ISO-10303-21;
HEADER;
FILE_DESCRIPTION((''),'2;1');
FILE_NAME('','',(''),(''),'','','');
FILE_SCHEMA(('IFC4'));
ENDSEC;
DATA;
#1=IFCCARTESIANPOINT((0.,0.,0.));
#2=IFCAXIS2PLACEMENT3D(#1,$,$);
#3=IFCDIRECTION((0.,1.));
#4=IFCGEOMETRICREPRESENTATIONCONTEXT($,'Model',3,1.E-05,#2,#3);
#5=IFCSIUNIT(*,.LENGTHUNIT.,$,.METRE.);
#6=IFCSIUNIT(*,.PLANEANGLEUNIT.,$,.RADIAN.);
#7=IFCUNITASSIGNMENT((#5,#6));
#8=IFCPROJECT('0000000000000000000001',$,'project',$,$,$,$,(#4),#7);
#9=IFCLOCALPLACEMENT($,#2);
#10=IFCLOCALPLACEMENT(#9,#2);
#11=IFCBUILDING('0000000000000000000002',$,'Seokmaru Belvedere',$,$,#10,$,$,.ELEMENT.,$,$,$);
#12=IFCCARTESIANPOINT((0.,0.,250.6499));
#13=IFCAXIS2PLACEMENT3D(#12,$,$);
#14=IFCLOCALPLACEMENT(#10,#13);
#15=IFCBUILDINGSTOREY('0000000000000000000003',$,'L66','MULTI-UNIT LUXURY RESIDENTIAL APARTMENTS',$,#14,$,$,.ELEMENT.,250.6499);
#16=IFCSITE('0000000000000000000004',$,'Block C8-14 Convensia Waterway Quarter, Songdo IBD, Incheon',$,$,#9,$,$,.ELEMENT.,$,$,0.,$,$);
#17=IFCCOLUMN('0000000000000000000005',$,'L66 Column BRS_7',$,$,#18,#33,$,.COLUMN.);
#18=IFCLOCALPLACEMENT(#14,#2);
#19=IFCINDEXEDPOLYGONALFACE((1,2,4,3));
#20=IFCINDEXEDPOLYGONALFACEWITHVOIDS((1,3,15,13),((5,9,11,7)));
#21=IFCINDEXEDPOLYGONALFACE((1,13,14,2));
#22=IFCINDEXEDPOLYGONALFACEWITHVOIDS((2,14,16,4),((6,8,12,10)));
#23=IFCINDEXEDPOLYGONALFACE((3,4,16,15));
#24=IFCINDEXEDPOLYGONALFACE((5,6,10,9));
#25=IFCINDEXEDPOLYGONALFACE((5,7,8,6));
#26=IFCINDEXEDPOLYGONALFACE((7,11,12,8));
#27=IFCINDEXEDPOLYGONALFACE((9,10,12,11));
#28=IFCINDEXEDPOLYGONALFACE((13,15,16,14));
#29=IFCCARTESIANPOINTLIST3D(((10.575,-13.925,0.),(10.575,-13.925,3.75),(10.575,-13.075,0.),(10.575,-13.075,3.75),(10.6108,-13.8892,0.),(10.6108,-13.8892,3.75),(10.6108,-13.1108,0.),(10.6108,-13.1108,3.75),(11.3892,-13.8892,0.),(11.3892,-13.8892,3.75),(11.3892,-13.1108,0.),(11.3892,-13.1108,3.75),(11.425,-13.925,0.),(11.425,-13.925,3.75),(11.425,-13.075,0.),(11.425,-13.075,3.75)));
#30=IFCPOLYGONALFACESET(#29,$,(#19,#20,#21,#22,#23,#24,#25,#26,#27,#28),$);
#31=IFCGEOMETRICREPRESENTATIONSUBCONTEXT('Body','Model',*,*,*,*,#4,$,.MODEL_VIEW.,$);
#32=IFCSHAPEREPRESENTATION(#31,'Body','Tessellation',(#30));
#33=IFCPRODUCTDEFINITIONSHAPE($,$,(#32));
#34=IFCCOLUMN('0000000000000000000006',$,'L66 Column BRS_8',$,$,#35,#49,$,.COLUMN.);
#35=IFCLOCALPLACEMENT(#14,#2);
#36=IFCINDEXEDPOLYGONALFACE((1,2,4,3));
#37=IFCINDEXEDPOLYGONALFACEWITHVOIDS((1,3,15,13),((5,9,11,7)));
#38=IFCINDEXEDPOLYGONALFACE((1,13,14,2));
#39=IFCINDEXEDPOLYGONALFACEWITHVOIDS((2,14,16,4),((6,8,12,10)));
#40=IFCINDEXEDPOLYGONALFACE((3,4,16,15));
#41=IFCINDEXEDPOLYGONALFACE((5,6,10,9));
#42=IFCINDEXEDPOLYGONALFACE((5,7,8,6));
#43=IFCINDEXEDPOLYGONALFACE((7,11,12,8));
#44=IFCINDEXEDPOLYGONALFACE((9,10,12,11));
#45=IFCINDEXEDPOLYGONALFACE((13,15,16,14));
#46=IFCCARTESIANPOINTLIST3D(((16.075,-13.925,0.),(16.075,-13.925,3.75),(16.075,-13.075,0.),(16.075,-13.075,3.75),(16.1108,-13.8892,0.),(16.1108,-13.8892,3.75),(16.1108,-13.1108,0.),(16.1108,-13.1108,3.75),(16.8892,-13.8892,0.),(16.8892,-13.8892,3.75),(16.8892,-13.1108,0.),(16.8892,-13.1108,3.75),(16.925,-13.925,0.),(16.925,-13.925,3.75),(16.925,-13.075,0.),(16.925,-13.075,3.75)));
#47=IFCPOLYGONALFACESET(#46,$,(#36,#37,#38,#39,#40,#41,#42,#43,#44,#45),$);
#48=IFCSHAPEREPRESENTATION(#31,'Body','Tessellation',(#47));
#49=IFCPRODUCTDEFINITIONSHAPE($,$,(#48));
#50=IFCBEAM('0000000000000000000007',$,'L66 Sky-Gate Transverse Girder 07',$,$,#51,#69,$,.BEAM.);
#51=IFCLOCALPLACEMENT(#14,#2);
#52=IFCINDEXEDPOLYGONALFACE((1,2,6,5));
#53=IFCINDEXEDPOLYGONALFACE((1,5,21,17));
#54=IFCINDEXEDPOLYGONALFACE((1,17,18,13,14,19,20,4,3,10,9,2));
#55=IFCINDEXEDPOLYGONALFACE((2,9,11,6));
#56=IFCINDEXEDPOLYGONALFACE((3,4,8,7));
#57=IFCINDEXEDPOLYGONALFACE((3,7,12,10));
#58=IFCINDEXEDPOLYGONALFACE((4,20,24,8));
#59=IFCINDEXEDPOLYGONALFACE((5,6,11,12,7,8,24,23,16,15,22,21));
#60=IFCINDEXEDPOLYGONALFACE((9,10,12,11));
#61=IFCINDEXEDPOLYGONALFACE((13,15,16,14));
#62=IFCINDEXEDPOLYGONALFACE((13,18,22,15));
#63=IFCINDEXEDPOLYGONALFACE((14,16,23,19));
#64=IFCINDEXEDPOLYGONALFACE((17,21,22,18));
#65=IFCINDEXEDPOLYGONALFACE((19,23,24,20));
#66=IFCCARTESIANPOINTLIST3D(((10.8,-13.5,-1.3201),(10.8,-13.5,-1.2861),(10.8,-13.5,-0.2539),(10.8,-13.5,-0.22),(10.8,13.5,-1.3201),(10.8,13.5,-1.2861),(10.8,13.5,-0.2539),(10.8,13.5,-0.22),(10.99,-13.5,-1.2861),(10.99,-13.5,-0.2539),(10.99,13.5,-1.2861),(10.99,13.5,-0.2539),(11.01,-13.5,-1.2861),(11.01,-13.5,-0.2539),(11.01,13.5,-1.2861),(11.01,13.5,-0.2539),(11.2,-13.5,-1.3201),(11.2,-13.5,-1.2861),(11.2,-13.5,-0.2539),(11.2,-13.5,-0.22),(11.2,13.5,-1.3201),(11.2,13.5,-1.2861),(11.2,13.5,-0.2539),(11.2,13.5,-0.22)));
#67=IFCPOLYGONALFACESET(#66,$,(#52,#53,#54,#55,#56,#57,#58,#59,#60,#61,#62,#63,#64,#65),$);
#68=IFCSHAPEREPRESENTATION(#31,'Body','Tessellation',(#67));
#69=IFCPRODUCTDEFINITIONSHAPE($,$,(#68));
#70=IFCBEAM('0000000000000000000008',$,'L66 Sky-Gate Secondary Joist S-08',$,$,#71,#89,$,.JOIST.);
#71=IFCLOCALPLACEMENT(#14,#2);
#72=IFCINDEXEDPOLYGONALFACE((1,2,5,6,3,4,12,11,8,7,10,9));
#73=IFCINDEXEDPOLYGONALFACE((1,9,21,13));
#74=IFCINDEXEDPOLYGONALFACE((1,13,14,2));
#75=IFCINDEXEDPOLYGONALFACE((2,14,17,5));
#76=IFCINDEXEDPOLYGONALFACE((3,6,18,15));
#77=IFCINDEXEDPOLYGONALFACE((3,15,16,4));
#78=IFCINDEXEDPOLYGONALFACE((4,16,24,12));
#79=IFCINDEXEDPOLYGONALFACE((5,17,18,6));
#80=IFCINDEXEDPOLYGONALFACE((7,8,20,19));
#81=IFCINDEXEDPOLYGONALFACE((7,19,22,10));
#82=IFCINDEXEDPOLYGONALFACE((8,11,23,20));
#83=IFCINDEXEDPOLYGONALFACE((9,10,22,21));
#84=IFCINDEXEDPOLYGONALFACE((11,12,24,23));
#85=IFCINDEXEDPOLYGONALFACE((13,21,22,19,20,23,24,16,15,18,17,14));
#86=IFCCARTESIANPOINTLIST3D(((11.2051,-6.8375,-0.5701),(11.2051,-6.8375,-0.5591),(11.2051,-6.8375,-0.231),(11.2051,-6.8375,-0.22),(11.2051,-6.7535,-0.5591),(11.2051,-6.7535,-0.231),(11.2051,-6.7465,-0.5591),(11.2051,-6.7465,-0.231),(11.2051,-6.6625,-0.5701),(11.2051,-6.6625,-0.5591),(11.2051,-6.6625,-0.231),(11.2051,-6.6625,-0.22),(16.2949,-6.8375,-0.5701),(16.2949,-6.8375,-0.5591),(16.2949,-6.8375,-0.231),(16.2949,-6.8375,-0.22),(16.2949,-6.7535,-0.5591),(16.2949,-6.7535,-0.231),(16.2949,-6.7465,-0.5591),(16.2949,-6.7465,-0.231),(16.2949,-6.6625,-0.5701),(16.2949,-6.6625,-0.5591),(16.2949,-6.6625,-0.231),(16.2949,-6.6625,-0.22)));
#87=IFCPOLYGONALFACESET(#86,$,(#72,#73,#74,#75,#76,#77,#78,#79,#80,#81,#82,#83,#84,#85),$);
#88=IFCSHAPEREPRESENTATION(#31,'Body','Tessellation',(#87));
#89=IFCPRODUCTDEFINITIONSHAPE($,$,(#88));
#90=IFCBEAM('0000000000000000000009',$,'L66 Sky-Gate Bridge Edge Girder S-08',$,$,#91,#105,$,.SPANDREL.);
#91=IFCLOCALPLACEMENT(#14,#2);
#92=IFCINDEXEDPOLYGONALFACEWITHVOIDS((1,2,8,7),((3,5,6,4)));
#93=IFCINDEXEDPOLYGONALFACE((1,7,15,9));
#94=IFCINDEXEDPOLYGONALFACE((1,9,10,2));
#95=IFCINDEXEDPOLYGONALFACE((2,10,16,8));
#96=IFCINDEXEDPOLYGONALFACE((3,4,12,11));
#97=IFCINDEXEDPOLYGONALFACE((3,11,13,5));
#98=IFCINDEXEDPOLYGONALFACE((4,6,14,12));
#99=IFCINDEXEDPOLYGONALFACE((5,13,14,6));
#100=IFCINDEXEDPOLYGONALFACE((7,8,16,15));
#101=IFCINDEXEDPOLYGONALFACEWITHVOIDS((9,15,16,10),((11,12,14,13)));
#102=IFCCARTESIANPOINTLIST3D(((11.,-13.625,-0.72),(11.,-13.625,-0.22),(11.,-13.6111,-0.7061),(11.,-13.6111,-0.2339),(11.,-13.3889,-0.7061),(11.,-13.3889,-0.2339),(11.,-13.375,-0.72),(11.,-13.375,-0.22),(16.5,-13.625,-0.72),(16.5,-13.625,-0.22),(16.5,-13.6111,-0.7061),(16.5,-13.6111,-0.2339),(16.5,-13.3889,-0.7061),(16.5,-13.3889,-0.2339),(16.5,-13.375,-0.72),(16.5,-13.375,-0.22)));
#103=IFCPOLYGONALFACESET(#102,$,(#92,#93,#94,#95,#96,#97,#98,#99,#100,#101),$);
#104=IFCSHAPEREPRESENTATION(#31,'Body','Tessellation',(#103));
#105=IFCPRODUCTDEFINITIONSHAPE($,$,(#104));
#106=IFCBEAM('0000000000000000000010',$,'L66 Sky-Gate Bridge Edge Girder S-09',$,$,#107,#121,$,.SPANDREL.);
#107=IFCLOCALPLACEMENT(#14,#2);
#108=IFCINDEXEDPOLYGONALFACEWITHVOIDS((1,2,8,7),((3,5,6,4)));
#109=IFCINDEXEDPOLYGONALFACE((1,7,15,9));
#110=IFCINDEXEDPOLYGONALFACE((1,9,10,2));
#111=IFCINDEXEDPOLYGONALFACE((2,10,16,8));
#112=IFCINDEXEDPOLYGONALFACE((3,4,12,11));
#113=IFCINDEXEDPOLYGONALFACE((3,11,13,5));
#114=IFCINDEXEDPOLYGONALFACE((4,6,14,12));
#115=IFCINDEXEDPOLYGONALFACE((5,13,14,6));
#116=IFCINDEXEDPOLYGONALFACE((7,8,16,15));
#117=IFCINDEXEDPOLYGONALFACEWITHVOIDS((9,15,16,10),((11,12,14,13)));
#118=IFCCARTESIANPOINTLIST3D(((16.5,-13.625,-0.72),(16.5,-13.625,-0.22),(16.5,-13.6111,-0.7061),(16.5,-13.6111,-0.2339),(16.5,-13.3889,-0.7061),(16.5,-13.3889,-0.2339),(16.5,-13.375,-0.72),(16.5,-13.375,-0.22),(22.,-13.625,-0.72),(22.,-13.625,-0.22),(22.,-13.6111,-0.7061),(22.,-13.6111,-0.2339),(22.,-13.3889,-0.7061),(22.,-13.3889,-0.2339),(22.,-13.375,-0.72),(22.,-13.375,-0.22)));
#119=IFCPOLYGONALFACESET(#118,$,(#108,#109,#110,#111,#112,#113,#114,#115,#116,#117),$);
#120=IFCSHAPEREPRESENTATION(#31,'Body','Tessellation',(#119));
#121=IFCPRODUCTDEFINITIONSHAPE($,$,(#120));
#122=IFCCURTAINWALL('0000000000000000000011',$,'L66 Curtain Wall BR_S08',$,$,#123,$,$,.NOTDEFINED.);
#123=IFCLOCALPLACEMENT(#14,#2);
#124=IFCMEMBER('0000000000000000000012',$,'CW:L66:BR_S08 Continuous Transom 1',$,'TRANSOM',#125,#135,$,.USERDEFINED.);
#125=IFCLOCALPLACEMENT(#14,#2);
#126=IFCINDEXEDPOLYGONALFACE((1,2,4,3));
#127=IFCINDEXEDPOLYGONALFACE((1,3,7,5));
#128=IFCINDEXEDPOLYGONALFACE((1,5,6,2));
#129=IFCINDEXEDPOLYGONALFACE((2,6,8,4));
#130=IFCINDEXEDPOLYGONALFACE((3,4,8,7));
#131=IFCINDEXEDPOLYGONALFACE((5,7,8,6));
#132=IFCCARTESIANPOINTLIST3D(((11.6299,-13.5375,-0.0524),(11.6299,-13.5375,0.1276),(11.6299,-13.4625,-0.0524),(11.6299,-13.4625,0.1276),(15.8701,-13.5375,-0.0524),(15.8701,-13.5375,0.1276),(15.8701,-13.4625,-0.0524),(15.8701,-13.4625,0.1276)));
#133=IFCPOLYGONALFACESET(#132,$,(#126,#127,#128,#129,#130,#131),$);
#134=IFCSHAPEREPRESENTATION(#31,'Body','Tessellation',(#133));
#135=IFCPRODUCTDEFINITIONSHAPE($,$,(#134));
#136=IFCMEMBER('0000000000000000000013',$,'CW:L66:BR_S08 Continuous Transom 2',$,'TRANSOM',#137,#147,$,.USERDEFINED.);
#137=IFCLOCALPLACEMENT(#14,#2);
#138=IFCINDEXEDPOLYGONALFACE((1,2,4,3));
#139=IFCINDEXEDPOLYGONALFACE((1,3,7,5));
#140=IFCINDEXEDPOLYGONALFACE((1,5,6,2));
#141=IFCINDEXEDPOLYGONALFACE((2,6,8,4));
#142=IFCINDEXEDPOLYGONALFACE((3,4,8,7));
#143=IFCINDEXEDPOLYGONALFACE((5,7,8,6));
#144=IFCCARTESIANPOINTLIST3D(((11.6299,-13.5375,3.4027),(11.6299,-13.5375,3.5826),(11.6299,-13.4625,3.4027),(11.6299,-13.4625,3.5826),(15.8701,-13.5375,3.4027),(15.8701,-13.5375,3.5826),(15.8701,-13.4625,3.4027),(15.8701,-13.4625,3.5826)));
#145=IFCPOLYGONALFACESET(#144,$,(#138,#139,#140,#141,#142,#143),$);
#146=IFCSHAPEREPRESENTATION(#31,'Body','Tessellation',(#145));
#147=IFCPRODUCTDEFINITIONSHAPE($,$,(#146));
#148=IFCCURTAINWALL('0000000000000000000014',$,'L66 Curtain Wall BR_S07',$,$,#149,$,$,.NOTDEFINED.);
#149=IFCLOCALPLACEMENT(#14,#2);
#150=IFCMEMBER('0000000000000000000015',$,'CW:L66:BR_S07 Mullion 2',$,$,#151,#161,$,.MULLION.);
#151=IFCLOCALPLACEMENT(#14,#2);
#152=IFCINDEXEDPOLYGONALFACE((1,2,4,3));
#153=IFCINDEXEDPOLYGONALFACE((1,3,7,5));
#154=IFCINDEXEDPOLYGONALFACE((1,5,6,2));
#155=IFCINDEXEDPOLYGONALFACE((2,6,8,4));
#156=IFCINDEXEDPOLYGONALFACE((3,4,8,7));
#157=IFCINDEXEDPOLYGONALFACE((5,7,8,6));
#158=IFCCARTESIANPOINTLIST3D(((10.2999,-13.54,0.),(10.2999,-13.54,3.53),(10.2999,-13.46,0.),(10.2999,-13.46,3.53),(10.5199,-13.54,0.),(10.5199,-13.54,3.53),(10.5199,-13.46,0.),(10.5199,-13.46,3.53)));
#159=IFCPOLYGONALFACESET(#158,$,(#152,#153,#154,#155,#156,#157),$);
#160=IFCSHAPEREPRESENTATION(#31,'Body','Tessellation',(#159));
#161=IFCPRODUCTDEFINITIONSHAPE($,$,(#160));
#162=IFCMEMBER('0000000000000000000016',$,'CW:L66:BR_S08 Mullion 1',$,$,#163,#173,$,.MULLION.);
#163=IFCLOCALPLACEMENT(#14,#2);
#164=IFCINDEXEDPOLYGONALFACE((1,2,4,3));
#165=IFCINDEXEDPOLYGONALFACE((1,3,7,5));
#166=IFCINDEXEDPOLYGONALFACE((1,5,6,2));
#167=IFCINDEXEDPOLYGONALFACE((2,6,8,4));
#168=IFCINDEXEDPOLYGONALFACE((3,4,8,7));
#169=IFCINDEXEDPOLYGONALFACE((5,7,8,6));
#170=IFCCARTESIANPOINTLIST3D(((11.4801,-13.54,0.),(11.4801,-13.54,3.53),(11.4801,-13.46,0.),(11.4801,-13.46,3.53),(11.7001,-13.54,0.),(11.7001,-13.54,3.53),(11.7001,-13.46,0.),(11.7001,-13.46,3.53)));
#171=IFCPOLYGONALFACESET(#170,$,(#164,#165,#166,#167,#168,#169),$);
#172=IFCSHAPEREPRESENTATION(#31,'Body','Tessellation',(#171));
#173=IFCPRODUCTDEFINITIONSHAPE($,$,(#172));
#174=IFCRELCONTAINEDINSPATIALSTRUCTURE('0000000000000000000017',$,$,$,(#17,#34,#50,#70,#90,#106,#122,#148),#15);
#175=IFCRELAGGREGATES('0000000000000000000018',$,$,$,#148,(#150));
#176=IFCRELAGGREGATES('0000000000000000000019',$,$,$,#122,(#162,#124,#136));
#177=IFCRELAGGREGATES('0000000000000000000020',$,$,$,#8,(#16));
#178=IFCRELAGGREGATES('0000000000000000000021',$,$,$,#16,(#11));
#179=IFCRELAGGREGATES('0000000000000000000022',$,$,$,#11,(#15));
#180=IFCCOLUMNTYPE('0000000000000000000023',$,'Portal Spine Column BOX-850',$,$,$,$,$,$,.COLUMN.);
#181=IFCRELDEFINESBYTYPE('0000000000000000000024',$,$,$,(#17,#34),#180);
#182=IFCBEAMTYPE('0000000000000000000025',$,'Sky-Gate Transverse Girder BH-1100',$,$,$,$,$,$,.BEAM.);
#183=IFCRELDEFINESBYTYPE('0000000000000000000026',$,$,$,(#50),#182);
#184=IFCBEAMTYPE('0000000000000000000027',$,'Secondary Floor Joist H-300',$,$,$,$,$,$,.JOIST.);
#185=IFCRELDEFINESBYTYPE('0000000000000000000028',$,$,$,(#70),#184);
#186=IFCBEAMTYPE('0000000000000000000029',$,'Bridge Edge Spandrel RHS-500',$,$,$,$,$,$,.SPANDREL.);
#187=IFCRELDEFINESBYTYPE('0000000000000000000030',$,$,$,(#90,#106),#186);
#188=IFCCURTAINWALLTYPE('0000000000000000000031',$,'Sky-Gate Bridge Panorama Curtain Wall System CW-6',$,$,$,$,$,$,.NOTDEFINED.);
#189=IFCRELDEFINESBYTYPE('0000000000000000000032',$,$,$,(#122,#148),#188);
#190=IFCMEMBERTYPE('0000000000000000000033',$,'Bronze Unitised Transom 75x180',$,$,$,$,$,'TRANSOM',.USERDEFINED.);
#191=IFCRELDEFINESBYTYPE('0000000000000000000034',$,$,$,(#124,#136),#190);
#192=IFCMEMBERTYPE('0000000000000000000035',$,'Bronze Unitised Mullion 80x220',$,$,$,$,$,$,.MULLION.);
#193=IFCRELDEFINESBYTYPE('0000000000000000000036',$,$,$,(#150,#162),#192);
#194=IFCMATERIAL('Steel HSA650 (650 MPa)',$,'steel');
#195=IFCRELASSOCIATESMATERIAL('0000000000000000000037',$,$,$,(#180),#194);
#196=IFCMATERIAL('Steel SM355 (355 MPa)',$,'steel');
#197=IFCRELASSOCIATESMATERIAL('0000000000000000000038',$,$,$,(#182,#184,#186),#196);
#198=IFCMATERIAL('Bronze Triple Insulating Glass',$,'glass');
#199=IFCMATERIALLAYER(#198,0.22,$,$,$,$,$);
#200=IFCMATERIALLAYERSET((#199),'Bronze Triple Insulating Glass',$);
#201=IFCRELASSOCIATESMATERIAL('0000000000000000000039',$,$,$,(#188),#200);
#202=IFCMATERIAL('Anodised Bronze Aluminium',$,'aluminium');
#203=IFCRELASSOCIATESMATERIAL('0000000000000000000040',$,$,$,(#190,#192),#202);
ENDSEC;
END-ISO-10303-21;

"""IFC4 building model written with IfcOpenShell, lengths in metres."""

from ifc_helpers import new_model, si_unit, direction, frame, origin, origin_2d, place, context, subcontext, project, spatial, rectangle, hollow_rectangle, i_section, extrude, source, transform, mapped, material, layer, layer_set, material_profile, profile_set, type_object, type_shapes, element, aggregate, save


model = new_model("IFC4")

# Units and contexts
model_context = context("Model", 3, precision=1e-05, world=origin(), true_north=direction((0.0, 1.0)))
body_context = subcontext(model_context, "Body", "Model", "MODEL_VIEW")
ifc_project = project(units=[si_unit("LENGTHUNIT", "METRE"), si_unit("PLANEANGLEUNIT", "RADIAN")], contexts=[model_context])

# Site, building, storey
site_placement = place(None, origin())
site = spatial("IfcSite", under=ifc_project, at=site_placement, Name="Block C8-14 Convensia Waterway Quarter, Songdo IBD, Incheon", CompositionType="ELEMENT", RefElevation=0.0)
building_placement = place(site_placement, origin())
building = spatial("IfcBuilding", under=site, at=building_placement, Name="Seokmaru Belvedere", CompositionType="ELEMENT")
storey_placement = place(building_placement, frame((0.0, 0.0, 250.6499)))
storey = spatial("IfcBuildingStorey", under=building, at=storey_placement, Name="L66", Description="MULTI-UNIT LUXURY RESIDENTIAL APARTMENTS", CompositionType="ELEMENT", Elevation=250.6499)

# Columns
ifc_material_1 = material(Name="Steel HSA650 (650 MPa)", Category="steel")
ifc_material_profile_1 = material_profile(ifc_material_1, hollow_rectangle(XDim=0.8501, YDim=0.8501, WallThickness=0.0359, at=origin_2d()), Name="BOX-850x850x36")
ifc_profile_set_1 = profile_set([ifc_material_profile_1], Name="Steel HSA650 (650 MPa)")
column_type = type_object("IfcColumnType", Name="Portal Spine Column BOX-850", PredefinedType="COLUMN", material=ifc_profile_set_1)
shared_shape_1 = source(origin(), body_context, "Body", "SweptSolid", [
    extrude(hollow_rectangle(XDim=0.8501, YDim=0.8501, WallThickness=0.0359, at=origin_2d()), origin(), (0.0, 0.0, 1.0), 3.75),
])
type_shapes(column_type, [shared_shape_1])
for number, where, z_axis, x_axis, name in (
    (1, (11.0, -13.5, 0.0), (0.0, 0.0, 1.0), (1.0, 0.0, 0.0), "L66 Column BRS_7"),
    (2, (16.5, -13.5, 0.0), (0.0, 0.0, 1.0), (1.0, 0.0, 0.0), "L66 Column BRS_8"),
):
    element("IfcColumn", number, at=place(storey_placement, frame(where, z_axis=z_axis, x_axis=x_axis)), inside=storey, type_object=column_type, Name=name, PredefinedType="COLUMN", context=body_context, shape_type="MappedRepresentation", body=[
        mapped(shared_shape_1, transform((0.0, 0.0, 0.0), scale=1.0)),
    ])

# Beams
ifc_material_2 = material(Name="Steel SM355 (355 MPa)", Category="steel")
ifc_material_profile_2 = material_profile(ifc_material_2, i_section(OverallWidth=0.3999, OverallDepth=1.1001, WebThickness=0.02, FlangeThickness=0.0339, at=origin_2d()), Name="BH-1100x400x20x34")
ifc_profile_set_2 = profile_set([ifc_material_profile_2], Name="Steel SM355 (355 MPa)")
beam_type_1 = type_object("IfcBeamType", Name="Sky-Gate Transverse Girder BH-1100", PredefinedType="BEAM", material=ifc_profile_set_2)
shared_shape_2 = source(origin(), body_context, "Body", "SweptSolid", [
    extrude(i_section(OverallWidth=0.3999, OverallDepth=1.1001, WebThickness=0.02, FlangeThickness=0.0339, at=origin_2d()), origin(), (0.0, 0.0, 1.0), 27.0),
])
type_shapes(beam_type_1, [shared_shape_2])
beam_1_placement = place(storey_placement, frame((11.0, -13.5, -0.77), z_axis=(0.0, 1.0, 0.0), x_axis=(-1.0, 0.0, 0.0)))
element("IfcBeam", 3, at=beam_1_placement, inside=storey, type_object=beam_type_1, Name="L66 Sky-Gate Transverse Girder 07", PredefinedType="BEAM", context=body_context, shape_type="MappedRepresentation", body=[
    mapped(shared_shape_2, transform((0.0, 0.0, 0.0), scale=1.0)),
])
ifc_material_profile_3 = material_profile(ifc_material_2, i_section(OverallWidth=0.175, OverallDepth=0.3501, WebThickness=0.0071, FlangeThickness=0.011, at=origin_2d()), Name="H-350x175x7x11")
ifc_profile_set_3 = profile_set([ifc_material_profile_3], Name="Steel SM355 (355 MPa)")
beam_type_2 = type_object("IfcBeamType", Name="Secondary Floor Joist H-300", PredefinedType="JOIST", material=ifc_profile_set_3)
shared_shape_3 = source(origin(), body_context, "Body", "SweptSolid", [
    extrude(i_section(OverallWidth=0.175, OverallDepth=0.3501, WebThickness=0.0071, FlangeThickness=0.011, at=origin_2d()), origin(), (0.0, 0.0, 1.0), 5.0898),
])
type_shapes(beam_type_2, [shared_shape_3])
beam_2_placement = place(storey_placement, frame((11.2051, -6.75, -0.395), z_axis=(1.0, 0.0, 0.0), x_axis=(0.0, 1.0, 0.0)))
element("IfcBeam", 4, at=beam_2_placement, inside=storey, type_object=beam_type_2, Name="L66 Sky-Gate Secondary Joist S-08", PredefinedType="JOIST", context=body_context, shape_type="MappedRepresentation", body=[
    mapped(shared_shape_3, transform((0.0, 0.0, 0.0), scale=1.0)),
])
ifc_material_profile_4 = material_profile(ifc_material_2, hollow_rectangle(XDim=0.25, YDim=0.5, WallThickness=0.0139, at=origin_2d()), Name="RHS-500x250x14")
ifc_profile_set_4 = profile_set([ifc_material_profile_4], Name="Steel SM355 (355 MPa)")
beam_type_3 = type_object("IfcBeamType", Name="Bridge Edge Spandrel RHS-500", PredefinedType="SPANDREL", material=ifc_profile_set_4)
shared_shape_4 = source(origin(), body_context, "Body", "SweptSolid", [
    extrude(hollow_rectangle(XDim=0.25, YDim=0.5, WallThickness=0.0139, at=origin_2d()), origin(), (0.0, 0.0, 1.0), 5.5),
])
type_shapes(beam_type_3, [shared_shape_4])
for number, where, z_axis, x_axis, name in (
    (5, (11.0, -13.5, -0.47), (1.0, 0.0, 0.0), (0.0, 1.0, 0.0), "L66 Sky-Gate Bridge Edge Girder S-08"),
    (6, (16.5, -13.5, -0.47), (1.0, 0.0, 0.0), (0.0, 1.0, 0.0), "L66 Sky-Gate Bridge Edge Girder S-09"),
):
    element("IfcBeam", number, at=place(storey_placement, frame(where, z_axis=z_axis, x_axis=x_axis)), inside=storey, type_object=beam_type_3, Name=name, PredefinedType="SPANDREL", context=body_context, shape_type="MappedRepresentation", body=[
        mapped(shared_shape_4, transform((0.0, 0.0, 0.0), scale=1.0)),
    ])

# Curtain wall, members
ifc_material_3 = material(Name="Bronze Triple Insulating Glass", Category="glass")
ifc_layer_1 = layer(ifc_material_3, 0.22)
ifc_layer_set_1 = layer_set([ifc_layer_1], Name="Bronze Triple Insulating Glass")
curtain_wall_type = type_object("IfcCurtainWallType", Name="Sky-Gate Bridge Panorama Curtain Wall System CW-6", PredefinedType="NOTDEFINED", material=ifc_layer_set_1)
curtain_wall_1_placement = place(storey_placement, origin())
curtain_wall_1 = element("IfcCurtainWall", 7, at=curtain_wall_1_placement, inside=storey, type_object=curtain_wall_type, Name="L66 Curtain Wall BR_S08", PredefinedType="NOTDEFINED")
ifc_material_4 = material(Name="Anodised Bronze Aluminium", Category="aluminium")
ifc_material_profile_5 = material_profile(ifc_material_4, rectangle(XDim=0.075, YDim=0.1799, at=origin_2d()), Name="CW-T-75x180")
ifc_profile_set_5 = profile_set([ifc_material_profile_5], Name="Anodised Bronze Aluminium")
member_type_1 = type_object("IfcMemberType", Name="Bronze Unitised Transom 75x180", ElementType="TRANSOM", PredefinedType="USERDEFINED", material=ifc_profile_set_5)
shared_shape_5 = source(origin(), body_context, "Body", "SweptSolid", [
    extrude(rectangle(XDim=0.075, YDim=0.1799, at=origin_2d()), origin(), (0.0, 0.0, 1.0), 4.2402),
])
type_shapes(member_type_1, [shared_shape_5])
member_1_placement = place(storey_placement, frame((11.6299, -13.5, 0.0376), z_axis=(1.0, 0.0, 0.0), x_axis=(0.0, 1.0, 0.0)))
member_1 = element("IfcMember", 8, at=member_1_placement, type_object=member_type_1, Name="CW:L66:BR_S08 Continuous Transom 1", ObjectType="TRANSOM", PredefinedType="USERDEFINED", context=body_context, shape_type="MappedRepresentation", body=[
    mapped(shared_shape_5, transform((0.0, 0.0, 0.0), scale=1.0)),
])
member_2_placement = place(storey_placement, frame((11.6299, -13.5, 3.4927), z_axis=(1.0, 0.0, 0.0), x_axis=(0.0, 1.0, 0.0)))
member_2 = element("IfcMember", 9, at=member_2_placement, type_object=member_type_1, Name="CW:L66:BR_S08 Continuous Transom 2", ObjectType="TRANSOM", PredefinedType="USERDEFINED", context=body_context, shape_type="MappedRepresentation", body=[
    mapped(shared_shape_5, transform((0.0, 0.0, 0.0), scale=1.0)),
])

# Curtain wall, member
curtain_wall_2_placement = place(storey_placement, origin())
curtain_wall_2 = element("IfcCurtainWall", 10, at=curtain_wall_2_placement, inside=storey, type_object=curtain_wall_type, Name="L66 Curtain Wall BR_S07", PredefinedType="NOTDEFINED")
ifc_material_profile_6 = material_profile(ifc_material_4, rectangle(XDim=0.0801, YDim=0.22, at=origin_2d()), Name="CW-M-80x220")
ifc_profile_set_6 = profile_set([ifc_material_profile_6], Name="Anodised Bronze Aluminium")
member_type_2 = type_object("IfcMemberType", Name="Bronze Unitised Mullion 80x220", PredefinedType="MULLION", material=ifc_profile_set_6)
shared_shape_6 = source(origin(), body_context, "Body", "SweptSolid", [
    extrude(rectangle(XDim=0.0801, YDim=0.22, at=origin_2d()), origin(), (0.0, 0.0, 1.0), 3.53),
])
type_shapes(member_type_2, [shared_shape_6])
member_3_placement = place(storey_placement, frame((10.4099, -13.5, 0.0), z_axis=(0.0, 0.0, 1.0), x_axis=(0.0, 1.0, 0.0)))
member_3 = element("IfcMember", 11, at=member_3_placement, type_object=member_type_2, Name="CW:L66:BR_S07 Mullion 2", PredefinedType="MULLION", context=body_context, shape_type="MappedRepresentation", body=[
    mapped(shared_shape_6, transform((0.0, 0.0, 0.0), scale=1.0)),
])

# Member
member_4_placement = place(storey_placement, frame((11.5901, -13.5, 0.0), z_axis=(0.0, 0.0, 1.0), x_axis=(0.0, 1.0, 0.0)))
member_4 = element("IfcMember", 12, at=member_4_placement, type_object=member_type_2, Name="CW:L66:BR_S08 Mullion 1", PredefinedType="MULLION", context=body_context, shape_type="MappedRepresentation", body=[
    mapped(shared_shape_6, transform((0.0, 0.0, 0.0), scale=1.0)),
])

aggregate(curtain_wall_2, [member_3])
aggregate(curtain_wall_1, [member_4, member_1, member_2])

save(model, "model.ifc")
